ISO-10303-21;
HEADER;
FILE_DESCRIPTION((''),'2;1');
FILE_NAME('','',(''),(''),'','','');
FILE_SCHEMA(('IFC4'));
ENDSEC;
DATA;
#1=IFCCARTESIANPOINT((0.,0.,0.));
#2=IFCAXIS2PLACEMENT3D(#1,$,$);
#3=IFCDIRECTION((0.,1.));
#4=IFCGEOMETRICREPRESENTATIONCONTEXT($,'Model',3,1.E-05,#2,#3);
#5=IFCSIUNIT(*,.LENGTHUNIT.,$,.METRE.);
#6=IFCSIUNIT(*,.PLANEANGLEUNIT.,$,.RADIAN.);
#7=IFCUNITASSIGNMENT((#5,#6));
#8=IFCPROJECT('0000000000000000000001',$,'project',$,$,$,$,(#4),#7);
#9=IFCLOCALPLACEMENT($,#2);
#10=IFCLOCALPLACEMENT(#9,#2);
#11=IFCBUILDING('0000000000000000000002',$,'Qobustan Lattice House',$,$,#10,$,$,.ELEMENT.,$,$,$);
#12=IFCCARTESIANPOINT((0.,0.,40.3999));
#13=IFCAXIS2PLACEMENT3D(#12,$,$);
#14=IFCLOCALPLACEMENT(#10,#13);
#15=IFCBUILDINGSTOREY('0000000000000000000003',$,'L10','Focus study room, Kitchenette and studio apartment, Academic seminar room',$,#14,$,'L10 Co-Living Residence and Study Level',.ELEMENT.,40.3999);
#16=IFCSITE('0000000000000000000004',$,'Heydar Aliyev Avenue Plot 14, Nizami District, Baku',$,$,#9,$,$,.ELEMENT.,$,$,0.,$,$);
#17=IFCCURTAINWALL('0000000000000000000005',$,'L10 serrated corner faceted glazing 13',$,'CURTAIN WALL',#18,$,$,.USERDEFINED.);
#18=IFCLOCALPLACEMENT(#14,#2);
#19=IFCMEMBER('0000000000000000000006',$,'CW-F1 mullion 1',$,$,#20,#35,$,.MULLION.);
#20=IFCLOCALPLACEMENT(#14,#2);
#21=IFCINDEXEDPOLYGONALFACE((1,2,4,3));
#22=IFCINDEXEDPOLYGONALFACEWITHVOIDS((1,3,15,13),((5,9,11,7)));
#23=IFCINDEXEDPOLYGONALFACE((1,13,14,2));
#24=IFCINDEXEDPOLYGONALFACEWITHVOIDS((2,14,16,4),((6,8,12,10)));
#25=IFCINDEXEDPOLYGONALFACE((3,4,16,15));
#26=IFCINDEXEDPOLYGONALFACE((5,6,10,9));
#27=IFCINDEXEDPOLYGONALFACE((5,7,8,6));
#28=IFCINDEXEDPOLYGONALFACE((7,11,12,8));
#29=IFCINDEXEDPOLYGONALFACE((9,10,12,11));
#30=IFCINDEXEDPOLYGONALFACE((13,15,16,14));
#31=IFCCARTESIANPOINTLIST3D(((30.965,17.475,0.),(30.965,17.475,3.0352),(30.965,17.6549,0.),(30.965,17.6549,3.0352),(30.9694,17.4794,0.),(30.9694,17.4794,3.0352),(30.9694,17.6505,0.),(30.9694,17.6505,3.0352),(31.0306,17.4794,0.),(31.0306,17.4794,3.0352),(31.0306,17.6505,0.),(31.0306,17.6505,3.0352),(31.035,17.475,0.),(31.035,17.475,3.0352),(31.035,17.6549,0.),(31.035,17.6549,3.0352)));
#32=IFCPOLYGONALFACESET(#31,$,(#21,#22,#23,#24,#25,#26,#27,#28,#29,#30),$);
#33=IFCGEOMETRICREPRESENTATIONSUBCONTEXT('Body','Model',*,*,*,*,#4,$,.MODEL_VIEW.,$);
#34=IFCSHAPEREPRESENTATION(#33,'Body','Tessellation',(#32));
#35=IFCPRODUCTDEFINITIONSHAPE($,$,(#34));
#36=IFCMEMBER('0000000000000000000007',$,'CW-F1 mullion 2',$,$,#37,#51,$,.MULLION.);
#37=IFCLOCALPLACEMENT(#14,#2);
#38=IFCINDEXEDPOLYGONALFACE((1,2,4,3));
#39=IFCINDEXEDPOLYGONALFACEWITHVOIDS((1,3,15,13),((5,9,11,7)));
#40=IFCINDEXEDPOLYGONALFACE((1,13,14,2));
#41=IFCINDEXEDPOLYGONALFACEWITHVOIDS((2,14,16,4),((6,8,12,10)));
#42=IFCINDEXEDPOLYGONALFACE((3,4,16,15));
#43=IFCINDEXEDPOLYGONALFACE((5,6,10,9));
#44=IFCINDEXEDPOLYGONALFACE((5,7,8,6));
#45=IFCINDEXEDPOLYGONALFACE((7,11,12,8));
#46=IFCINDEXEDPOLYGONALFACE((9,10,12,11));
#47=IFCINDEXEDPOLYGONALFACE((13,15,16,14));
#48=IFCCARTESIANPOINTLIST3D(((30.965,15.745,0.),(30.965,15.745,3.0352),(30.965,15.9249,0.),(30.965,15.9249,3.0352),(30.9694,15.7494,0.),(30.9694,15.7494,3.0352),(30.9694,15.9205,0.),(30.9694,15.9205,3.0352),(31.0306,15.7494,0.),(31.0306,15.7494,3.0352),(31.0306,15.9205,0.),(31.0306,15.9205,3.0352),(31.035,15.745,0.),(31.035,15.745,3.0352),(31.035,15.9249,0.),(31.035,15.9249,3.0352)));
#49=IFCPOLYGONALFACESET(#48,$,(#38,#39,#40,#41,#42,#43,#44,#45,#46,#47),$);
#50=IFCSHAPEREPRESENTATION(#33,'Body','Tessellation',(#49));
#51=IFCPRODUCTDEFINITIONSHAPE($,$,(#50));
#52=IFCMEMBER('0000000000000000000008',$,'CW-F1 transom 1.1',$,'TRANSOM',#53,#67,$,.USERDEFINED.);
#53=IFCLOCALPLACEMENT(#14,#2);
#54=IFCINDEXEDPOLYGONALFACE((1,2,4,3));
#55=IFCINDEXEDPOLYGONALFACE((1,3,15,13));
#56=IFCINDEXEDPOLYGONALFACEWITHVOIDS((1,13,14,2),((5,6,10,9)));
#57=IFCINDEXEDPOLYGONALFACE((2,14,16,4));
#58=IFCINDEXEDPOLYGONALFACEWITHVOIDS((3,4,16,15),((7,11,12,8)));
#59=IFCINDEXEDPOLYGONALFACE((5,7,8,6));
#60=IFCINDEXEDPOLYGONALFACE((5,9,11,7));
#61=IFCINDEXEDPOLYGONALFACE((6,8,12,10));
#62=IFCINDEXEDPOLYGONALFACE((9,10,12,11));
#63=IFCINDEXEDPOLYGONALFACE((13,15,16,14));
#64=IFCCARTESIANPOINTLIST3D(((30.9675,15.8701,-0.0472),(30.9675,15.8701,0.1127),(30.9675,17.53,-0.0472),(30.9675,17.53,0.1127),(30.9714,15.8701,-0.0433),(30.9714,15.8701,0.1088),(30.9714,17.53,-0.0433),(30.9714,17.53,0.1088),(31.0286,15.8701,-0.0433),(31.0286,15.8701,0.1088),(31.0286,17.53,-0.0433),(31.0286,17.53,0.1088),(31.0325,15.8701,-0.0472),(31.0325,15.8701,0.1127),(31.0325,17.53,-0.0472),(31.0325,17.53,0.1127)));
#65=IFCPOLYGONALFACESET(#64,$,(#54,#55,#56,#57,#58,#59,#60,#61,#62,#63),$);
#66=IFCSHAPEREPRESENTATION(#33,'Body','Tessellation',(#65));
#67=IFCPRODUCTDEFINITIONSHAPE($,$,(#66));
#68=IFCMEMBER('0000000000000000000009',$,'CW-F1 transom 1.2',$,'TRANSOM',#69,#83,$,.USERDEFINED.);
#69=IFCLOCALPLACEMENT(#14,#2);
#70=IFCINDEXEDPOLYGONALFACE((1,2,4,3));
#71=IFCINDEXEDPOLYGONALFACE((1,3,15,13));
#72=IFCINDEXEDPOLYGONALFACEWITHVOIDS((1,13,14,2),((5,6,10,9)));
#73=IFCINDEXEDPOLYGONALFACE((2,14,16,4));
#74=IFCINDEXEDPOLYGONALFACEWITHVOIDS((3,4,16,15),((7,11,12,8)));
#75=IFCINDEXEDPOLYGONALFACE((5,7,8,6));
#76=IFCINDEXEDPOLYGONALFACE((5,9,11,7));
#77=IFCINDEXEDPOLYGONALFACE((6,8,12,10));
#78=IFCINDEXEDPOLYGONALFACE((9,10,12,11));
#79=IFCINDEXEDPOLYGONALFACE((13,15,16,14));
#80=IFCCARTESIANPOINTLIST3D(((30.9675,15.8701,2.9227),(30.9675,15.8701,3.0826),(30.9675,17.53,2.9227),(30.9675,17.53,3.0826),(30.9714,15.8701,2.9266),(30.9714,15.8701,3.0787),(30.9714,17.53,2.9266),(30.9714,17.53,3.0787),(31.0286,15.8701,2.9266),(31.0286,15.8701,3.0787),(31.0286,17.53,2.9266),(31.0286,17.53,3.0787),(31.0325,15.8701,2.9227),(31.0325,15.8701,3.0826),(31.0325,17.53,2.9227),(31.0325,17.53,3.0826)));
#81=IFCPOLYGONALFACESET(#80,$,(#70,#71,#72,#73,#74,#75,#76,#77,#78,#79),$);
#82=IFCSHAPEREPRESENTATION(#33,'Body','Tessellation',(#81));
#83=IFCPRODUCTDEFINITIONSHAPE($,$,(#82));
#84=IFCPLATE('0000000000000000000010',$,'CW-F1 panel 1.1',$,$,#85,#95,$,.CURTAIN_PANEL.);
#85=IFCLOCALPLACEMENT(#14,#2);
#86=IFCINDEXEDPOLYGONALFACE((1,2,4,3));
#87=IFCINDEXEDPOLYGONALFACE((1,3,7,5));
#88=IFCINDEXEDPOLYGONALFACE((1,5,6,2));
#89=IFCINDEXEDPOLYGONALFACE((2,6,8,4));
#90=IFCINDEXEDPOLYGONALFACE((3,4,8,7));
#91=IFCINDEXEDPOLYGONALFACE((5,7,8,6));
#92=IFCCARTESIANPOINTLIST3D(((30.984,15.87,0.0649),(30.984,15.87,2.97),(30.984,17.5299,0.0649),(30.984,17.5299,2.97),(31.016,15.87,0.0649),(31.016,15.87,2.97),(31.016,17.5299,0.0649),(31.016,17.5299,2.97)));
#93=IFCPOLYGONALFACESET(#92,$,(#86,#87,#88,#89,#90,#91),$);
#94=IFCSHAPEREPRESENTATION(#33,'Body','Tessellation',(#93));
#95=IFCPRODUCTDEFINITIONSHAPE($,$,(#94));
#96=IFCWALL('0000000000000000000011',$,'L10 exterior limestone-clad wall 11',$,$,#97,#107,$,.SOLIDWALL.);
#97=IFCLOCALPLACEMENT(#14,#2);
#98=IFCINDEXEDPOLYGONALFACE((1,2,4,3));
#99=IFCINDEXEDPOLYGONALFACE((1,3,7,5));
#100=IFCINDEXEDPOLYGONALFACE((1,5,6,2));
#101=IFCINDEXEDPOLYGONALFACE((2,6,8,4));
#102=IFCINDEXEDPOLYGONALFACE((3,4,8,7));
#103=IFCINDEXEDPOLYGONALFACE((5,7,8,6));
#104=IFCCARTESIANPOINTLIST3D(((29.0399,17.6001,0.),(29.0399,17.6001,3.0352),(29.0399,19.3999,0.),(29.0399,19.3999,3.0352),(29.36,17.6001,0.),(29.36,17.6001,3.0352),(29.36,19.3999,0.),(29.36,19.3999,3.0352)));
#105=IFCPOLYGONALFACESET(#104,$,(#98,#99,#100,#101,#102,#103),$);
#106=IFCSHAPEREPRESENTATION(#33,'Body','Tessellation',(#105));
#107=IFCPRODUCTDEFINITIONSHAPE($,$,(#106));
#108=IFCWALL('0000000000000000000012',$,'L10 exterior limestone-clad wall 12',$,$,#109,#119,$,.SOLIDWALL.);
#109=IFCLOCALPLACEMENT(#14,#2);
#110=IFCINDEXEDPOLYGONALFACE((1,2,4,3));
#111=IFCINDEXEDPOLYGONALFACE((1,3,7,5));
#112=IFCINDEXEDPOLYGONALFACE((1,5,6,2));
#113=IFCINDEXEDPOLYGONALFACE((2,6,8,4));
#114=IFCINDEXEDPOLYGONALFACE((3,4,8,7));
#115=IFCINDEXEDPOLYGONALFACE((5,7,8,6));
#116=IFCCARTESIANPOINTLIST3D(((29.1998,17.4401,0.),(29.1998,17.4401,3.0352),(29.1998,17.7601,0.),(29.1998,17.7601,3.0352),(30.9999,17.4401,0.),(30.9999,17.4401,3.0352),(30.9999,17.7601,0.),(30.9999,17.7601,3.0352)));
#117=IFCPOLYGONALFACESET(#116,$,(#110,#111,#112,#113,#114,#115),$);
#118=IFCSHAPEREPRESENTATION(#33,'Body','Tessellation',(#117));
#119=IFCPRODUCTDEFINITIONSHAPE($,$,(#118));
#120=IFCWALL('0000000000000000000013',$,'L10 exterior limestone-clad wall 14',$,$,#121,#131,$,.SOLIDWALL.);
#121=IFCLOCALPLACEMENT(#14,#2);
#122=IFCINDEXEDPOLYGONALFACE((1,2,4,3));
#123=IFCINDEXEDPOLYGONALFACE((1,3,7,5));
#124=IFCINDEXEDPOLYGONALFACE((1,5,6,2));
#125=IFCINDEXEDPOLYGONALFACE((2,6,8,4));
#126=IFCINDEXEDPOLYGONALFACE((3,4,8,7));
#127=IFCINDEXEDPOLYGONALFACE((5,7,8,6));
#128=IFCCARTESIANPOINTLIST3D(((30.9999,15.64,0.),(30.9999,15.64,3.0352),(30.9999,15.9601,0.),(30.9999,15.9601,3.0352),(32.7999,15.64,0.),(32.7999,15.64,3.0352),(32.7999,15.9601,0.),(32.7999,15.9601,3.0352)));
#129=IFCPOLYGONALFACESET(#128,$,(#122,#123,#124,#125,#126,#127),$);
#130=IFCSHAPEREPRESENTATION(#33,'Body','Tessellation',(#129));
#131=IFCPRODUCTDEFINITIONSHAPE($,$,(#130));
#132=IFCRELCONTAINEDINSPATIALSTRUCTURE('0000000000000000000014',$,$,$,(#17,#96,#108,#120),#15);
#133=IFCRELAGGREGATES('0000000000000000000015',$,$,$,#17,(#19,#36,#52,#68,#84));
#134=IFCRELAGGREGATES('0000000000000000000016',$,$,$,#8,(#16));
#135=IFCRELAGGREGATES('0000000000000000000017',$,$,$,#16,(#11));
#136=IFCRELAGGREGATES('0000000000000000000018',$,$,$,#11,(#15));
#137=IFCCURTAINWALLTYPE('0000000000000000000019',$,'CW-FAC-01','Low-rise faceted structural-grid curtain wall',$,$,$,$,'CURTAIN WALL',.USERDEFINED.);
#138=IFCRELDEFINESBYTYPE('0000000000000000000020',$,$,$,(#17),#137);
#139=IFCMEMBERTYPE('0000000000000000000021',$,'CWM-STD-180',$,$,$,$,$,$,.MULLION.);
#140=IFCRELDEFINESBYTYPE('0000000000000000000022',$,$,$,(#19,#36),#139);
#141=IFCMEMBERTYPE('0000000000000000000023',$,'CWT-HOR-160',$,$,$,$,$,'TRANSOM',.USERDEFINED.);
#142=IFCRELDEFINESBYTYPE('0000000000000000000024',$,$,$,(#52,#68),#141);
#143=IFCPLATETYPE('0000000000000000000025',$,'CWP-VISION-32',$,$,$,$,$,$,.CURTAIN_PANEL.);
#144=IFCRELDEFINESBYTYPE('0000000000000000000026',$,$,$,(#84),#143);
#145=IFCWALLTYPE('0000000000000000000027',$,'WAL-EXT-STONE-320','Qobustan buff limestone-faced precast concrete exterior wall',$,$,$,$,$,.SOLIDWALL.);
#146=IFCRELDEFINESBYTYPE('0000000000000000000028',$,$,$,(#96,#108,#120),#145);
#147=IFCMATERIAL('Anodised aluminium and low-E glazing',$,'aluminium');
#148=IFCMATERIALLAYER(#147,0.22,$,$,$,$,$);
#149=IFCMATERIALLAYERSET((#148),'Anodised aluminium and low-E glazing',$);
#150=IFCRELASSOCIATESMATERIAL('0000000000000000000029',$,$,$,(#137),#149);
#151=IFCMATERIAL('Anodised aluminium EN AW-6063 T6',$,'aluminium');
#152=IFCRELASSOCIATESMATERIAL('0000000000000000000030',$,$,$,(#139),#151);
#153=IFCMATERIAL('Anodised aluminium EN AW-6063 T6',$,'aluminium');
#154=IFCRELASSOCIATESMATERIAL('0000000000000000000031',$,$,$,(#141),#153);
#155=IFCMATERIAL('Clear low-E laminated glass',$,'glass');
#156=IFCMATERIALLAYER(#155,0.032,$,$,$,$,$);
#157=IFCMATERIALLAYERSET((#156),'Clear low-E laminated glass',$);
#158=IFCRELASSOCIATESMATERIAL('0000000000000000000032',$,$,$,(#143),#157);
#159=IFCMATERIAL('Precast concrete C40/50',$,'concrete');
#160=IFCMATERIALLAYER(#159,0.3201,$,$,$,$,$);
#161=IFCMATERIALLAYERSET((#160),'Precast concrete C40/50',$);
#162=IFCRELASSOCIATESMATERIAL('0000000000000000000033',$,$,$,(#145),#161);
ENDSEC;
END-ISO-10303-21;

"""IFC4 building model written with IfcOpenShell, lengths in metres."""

from ifc_helpers import new_model, si_unit, direction, frame, frame_2d, origin, origin_2d, place, context, subcontext, project, spatial, rectangle, hollow_rectangle, extrude, material, layer, layer_set, material_profile, profile_set, type_object, element, aggregate, save


model = new_model("IFC4")

# Units and contexts
model_context = context("Model", 3, precision=1e-05, world=origin(), true_north=direction((0.0, 1.0)))
body_context = subcontext(model_context, "Body", "Model", "MODEL_VIEW")
ifc_project = project(units=[si_unit("LENGTHUNIT", "METRE"), si_unit("PLANEANGLEUNIT", "RADIAN")], contexts=[model_context])

# Site, building, storey
site_placement = place(None, origin())
site = spatial("IfcSite", under=ifc_project, at=site_placement, Name="Heydar Aliyev Avenue Plot 14, Nizami District, Baku", CompositionType="ELEMENT", RefElevation=0.0)
building_placement = place(site_placement, origin())
building = spatial("IfcBuilding", under=site, at=building_placement, Name="Qobustan Lattice House", CompositionType="ELEMENT")
storey_placement = place(building_placement, frame((0.0, 0.0, 40.3999)))
storey = spatial("IfcBuildingStorey", under=building, at=storey_placement, Name="L10", Description="Focus study room, Kitchenette and studio apartment, Academic seminar room", LongName="L10 Co-Living Residence and Study Level", CompositionType="ELEMENT", Elevation=40.3999)

# Curtain wall, members, plate
ifc_material_1 = material(Name="Anodised aluminium and low-E glazing", Category="aluminium")
ifc_layer_1 = layer(ifc_material_1, 0.22)
ifc_layer_set_1 = layer_set([ifc_layer_1], Name="Anodised aluminium and low-E glazing")
curtain_wall_type = type_object("IfcCurtainWallType", Name="CW-FAC-01", Description="Low-rise faceted structural-grid curtain wall", ElementType="CURTAIN WALL", PredefinedType="USERDEFINED", material=ifc_layer_set_1)
curtain_wall_placement = place(storey_placement, origin())
curtain_wall = element("IfcCurtainWall", 1, at=curtain_wall_placement, inside=storey, type_object=curtain_wall_type, Name="L10 serrated corner faceted glazing 13", ObjectType="CURTAIN WALL", PredefinedType="USERDEFINED")
ifc_material_2 = material(Name="Anodised aluminium EN AW-6063 T6", Category="aluminium")
ifc_material_profile_1 = material_profile(ifc_material_2, hollow_rectangle(XDim=0.0701, YDim=0.1799, WallThickness=0.0044, at=origin_2d()), Name="CWM-180x70")
ifc_profile_set_1 = profile_set([ifc_material_profile_1], Name="Anodised aluminium EN AW-6063 T6")
member_type_1 = type_object("IfcMemberType", Name="CWM-STD-180", PredefinedType="MULLION", material=ifc_profile_set_1)
member_1_placement = place(storey_placement, frame((31.0, 17.5649, 0.0), z_axis=(0.0, 0.0, 1.0), x_axis=(1.0, 0.0, 0.0)))
member_1 = element("IfcMember", 2, at=member_1_placement, type_object=member_type_1, Name="CW-F1 mullion 1", PredefinedType="MULLION", context=body_context, shape_type="SweptSolid", body=[
    extrude(hollow_rectangle(XDim=0.0701, YDim=0.1799, WallThickness=0.0044, at=origin_2d()), origin(), (0.0, 0.0, 1.0), 3.0352),
])
member_2_placement = place(storey_placement, frame((31.0, 15.835, 0.0), z_axis=(0.0, 0.0, 1.0), x_axis=(1.0, 0.0, 0.0)))
member_2 = element("IfcMember", 3, at=member_2_placement, type_object=member_type_1, Name="CW-F1 mullion 2", PredefinedType="MULLION", context=body_context, shape_type="SweptSolid", body=[
    extrude(hollow_rectangle(XDim=0.0701, YDim=0.1799, WallThickness=0.0044, at=origin_2d()), origin(), (0.0, 0.0, 1.0), 3.0352),
])
ifc_material_3 = material(Name="Anodised aluminium EN AW-6063 T6", Category="aluminium")
ifc_material_profile_2 = material_profile(ifc_material_3, hollow_rectangle(XDim=0.0649, YDim=0.1599, WallThickness=0.0039, at=origin_2d()), Name="CWT-160x65")
ifc_profile_set_2 = profile_set([ifc_material_profile_2], Name="Anodised aluminium EN AW-6063 T6")
member_type_2 = type_object("IfcMemberType", Name="CWT-HOR-160", ElementType="TRANSOM", PredefinedType="USERDEFINED", material=ifc_profile_set_2)
member_3_placement = place(storey_placement, frame((31.0, 17.53, 0.0327), z_axis=(0.0, -1.0, 0.0), x_axis=(1.0, 0.0, 0.0)))
member_3 = element("IfcMember", 4, at=member_3_placement, type_object=member_type_2, Name="CW-F1 transom 1.1", ObjectType="TRANSOM", PredefinedType="USERDEFINED", context=body_context, shape_type="SweptSolid", body=[
    extrude(hollow_rectangle(XDim=0.0649, YDim=0.1599, WallThickness=0.0039, at=origin_2d()), origin(), (0.0, 0.0, 1.0), 1.6599),
])
member_4_placement = place(storey_placement, frame((31.0, 17.53, 3.0027), z_axis=(0.0, -1.0, 0.0), x_axis=(1.0, 0.0, 0.0)))
member_4 = element("IfcMember", 5, at=member_4_placement, type_object=member_type_2, Name="CW-F1 transom 1.2", ObjectType="TRANSOM", PredefinedType="USERDEFINED", context=body_context, shape_type="SweptSolid", body=[
    extrude(hollow_rectangle(XDim=0.0649, YDim=0.1599, WallThickness=0.0039, at=origin_2d()), origin(), (0.0, 0.0, 1.0), 1.6599),
])
ifc_material_4 = material(Name="Clear low-E laminated glass", Category="glass")
ifc_layer_2 = layer(ifc_material_4, 0.032)
ifc_layer_set_2 = layer_set([ifc_layer_2], Name="Clear low-E laminated glass")
plate_type = type_object("IfcPlateType", Name="CWP-VISION-32", PredefinedType="CURTAIN_PANEL", material=ifc_layer_set_2)
plate_placement = place(storey_placement, frame((31.0, 16.7, 0.0649), z_axis=(0.0, 0.0, 1.0), x_axis=(0.0, -1.0, 0.0)))
plate = element("IfcPlate", 6, at=plate_placement, type_object=plate_type, Name="CW-F1 panel 1.1", PredefinedType="CURTAIN_PANEL", context=body_context, shape_type="SweptSolid", body=[
    extrude(rectangle(XDim=1.6599, YDim=0.032, at=origin_2d()), origin(), (0.0, 0.0, 1.0), 2.905),
])
aggregate(curtain_wall, [member_1, member_2, member_3, member_4, plate])

# Walls
ifc_material_5 = material(Name="Precast concrete C40/50", Category="concrete")
ifc_layer_3 = layer(ifc_material_5, 0.3201)
ifc_layer_set_3 = layer_set([ifc_layer_3], Name="Precast concrete C40/50")
wall_type_1 = type_object("IfcWallType", Name="WAL-EXT-STONE-320", Description="Qobustan buff limestone-faced precast concrete exterior wall", PredefinedType="SOLIDWALL", material=ifc_layer_set_3)
wall_1_placement = place(storey_placement, frame((29.2, 19.3999, 0.0), z_axis=(0.0, 0.0, 1.0), x_axis=(0.0, -1.0, 0.0)))
element("IfcWall", 7, at=wall_1_placement, inside=storey, type_object=wall_type_1, Name="L10 exterior limestone-clad wall 11", PredefinedType="SOLIDWALL", context=body_context, shape_type="SweptSolid", body=[
    extrude(rectangle(XDim=1.7998, YDim=0.3201, at=frame_2d((0.8999, 0.0))), origin(), (0.0, 0.0, 1.0), 3.0352),
])
for number, where, z_axis, x_axis, name in (
    (8, (29.2, 17.6001, 0.0), (0.0, 0.0, 1.0), (1.0, 0.0, 0.0), "L10 exterior limestone-clad wall 12"),
    (9, (31.0, 15.8, 0.0), (0.0, 0.0, 1.0), (1.0, 0.0, 0.0), "L10 exterior limestone-clad wall 14"),
):
    element("IfcWall", number, at=place(storey_placement, frame(where, z_axis=z_axis, x_axis=x_axis)), inside=storey, type_object=wall_type_1, Name=name, PredefinedType="SOLIDWALL", context=body_context, shape_type="SweptSolid", body=[
        extrude(rectangle(XDim=1.8, YDim=0.3201, at=frame_2d((0.8999, 0.0))), origin(), (0.0, 0.0, 1.0), 3.0352),
    ])

save(model, "model.ifc")
